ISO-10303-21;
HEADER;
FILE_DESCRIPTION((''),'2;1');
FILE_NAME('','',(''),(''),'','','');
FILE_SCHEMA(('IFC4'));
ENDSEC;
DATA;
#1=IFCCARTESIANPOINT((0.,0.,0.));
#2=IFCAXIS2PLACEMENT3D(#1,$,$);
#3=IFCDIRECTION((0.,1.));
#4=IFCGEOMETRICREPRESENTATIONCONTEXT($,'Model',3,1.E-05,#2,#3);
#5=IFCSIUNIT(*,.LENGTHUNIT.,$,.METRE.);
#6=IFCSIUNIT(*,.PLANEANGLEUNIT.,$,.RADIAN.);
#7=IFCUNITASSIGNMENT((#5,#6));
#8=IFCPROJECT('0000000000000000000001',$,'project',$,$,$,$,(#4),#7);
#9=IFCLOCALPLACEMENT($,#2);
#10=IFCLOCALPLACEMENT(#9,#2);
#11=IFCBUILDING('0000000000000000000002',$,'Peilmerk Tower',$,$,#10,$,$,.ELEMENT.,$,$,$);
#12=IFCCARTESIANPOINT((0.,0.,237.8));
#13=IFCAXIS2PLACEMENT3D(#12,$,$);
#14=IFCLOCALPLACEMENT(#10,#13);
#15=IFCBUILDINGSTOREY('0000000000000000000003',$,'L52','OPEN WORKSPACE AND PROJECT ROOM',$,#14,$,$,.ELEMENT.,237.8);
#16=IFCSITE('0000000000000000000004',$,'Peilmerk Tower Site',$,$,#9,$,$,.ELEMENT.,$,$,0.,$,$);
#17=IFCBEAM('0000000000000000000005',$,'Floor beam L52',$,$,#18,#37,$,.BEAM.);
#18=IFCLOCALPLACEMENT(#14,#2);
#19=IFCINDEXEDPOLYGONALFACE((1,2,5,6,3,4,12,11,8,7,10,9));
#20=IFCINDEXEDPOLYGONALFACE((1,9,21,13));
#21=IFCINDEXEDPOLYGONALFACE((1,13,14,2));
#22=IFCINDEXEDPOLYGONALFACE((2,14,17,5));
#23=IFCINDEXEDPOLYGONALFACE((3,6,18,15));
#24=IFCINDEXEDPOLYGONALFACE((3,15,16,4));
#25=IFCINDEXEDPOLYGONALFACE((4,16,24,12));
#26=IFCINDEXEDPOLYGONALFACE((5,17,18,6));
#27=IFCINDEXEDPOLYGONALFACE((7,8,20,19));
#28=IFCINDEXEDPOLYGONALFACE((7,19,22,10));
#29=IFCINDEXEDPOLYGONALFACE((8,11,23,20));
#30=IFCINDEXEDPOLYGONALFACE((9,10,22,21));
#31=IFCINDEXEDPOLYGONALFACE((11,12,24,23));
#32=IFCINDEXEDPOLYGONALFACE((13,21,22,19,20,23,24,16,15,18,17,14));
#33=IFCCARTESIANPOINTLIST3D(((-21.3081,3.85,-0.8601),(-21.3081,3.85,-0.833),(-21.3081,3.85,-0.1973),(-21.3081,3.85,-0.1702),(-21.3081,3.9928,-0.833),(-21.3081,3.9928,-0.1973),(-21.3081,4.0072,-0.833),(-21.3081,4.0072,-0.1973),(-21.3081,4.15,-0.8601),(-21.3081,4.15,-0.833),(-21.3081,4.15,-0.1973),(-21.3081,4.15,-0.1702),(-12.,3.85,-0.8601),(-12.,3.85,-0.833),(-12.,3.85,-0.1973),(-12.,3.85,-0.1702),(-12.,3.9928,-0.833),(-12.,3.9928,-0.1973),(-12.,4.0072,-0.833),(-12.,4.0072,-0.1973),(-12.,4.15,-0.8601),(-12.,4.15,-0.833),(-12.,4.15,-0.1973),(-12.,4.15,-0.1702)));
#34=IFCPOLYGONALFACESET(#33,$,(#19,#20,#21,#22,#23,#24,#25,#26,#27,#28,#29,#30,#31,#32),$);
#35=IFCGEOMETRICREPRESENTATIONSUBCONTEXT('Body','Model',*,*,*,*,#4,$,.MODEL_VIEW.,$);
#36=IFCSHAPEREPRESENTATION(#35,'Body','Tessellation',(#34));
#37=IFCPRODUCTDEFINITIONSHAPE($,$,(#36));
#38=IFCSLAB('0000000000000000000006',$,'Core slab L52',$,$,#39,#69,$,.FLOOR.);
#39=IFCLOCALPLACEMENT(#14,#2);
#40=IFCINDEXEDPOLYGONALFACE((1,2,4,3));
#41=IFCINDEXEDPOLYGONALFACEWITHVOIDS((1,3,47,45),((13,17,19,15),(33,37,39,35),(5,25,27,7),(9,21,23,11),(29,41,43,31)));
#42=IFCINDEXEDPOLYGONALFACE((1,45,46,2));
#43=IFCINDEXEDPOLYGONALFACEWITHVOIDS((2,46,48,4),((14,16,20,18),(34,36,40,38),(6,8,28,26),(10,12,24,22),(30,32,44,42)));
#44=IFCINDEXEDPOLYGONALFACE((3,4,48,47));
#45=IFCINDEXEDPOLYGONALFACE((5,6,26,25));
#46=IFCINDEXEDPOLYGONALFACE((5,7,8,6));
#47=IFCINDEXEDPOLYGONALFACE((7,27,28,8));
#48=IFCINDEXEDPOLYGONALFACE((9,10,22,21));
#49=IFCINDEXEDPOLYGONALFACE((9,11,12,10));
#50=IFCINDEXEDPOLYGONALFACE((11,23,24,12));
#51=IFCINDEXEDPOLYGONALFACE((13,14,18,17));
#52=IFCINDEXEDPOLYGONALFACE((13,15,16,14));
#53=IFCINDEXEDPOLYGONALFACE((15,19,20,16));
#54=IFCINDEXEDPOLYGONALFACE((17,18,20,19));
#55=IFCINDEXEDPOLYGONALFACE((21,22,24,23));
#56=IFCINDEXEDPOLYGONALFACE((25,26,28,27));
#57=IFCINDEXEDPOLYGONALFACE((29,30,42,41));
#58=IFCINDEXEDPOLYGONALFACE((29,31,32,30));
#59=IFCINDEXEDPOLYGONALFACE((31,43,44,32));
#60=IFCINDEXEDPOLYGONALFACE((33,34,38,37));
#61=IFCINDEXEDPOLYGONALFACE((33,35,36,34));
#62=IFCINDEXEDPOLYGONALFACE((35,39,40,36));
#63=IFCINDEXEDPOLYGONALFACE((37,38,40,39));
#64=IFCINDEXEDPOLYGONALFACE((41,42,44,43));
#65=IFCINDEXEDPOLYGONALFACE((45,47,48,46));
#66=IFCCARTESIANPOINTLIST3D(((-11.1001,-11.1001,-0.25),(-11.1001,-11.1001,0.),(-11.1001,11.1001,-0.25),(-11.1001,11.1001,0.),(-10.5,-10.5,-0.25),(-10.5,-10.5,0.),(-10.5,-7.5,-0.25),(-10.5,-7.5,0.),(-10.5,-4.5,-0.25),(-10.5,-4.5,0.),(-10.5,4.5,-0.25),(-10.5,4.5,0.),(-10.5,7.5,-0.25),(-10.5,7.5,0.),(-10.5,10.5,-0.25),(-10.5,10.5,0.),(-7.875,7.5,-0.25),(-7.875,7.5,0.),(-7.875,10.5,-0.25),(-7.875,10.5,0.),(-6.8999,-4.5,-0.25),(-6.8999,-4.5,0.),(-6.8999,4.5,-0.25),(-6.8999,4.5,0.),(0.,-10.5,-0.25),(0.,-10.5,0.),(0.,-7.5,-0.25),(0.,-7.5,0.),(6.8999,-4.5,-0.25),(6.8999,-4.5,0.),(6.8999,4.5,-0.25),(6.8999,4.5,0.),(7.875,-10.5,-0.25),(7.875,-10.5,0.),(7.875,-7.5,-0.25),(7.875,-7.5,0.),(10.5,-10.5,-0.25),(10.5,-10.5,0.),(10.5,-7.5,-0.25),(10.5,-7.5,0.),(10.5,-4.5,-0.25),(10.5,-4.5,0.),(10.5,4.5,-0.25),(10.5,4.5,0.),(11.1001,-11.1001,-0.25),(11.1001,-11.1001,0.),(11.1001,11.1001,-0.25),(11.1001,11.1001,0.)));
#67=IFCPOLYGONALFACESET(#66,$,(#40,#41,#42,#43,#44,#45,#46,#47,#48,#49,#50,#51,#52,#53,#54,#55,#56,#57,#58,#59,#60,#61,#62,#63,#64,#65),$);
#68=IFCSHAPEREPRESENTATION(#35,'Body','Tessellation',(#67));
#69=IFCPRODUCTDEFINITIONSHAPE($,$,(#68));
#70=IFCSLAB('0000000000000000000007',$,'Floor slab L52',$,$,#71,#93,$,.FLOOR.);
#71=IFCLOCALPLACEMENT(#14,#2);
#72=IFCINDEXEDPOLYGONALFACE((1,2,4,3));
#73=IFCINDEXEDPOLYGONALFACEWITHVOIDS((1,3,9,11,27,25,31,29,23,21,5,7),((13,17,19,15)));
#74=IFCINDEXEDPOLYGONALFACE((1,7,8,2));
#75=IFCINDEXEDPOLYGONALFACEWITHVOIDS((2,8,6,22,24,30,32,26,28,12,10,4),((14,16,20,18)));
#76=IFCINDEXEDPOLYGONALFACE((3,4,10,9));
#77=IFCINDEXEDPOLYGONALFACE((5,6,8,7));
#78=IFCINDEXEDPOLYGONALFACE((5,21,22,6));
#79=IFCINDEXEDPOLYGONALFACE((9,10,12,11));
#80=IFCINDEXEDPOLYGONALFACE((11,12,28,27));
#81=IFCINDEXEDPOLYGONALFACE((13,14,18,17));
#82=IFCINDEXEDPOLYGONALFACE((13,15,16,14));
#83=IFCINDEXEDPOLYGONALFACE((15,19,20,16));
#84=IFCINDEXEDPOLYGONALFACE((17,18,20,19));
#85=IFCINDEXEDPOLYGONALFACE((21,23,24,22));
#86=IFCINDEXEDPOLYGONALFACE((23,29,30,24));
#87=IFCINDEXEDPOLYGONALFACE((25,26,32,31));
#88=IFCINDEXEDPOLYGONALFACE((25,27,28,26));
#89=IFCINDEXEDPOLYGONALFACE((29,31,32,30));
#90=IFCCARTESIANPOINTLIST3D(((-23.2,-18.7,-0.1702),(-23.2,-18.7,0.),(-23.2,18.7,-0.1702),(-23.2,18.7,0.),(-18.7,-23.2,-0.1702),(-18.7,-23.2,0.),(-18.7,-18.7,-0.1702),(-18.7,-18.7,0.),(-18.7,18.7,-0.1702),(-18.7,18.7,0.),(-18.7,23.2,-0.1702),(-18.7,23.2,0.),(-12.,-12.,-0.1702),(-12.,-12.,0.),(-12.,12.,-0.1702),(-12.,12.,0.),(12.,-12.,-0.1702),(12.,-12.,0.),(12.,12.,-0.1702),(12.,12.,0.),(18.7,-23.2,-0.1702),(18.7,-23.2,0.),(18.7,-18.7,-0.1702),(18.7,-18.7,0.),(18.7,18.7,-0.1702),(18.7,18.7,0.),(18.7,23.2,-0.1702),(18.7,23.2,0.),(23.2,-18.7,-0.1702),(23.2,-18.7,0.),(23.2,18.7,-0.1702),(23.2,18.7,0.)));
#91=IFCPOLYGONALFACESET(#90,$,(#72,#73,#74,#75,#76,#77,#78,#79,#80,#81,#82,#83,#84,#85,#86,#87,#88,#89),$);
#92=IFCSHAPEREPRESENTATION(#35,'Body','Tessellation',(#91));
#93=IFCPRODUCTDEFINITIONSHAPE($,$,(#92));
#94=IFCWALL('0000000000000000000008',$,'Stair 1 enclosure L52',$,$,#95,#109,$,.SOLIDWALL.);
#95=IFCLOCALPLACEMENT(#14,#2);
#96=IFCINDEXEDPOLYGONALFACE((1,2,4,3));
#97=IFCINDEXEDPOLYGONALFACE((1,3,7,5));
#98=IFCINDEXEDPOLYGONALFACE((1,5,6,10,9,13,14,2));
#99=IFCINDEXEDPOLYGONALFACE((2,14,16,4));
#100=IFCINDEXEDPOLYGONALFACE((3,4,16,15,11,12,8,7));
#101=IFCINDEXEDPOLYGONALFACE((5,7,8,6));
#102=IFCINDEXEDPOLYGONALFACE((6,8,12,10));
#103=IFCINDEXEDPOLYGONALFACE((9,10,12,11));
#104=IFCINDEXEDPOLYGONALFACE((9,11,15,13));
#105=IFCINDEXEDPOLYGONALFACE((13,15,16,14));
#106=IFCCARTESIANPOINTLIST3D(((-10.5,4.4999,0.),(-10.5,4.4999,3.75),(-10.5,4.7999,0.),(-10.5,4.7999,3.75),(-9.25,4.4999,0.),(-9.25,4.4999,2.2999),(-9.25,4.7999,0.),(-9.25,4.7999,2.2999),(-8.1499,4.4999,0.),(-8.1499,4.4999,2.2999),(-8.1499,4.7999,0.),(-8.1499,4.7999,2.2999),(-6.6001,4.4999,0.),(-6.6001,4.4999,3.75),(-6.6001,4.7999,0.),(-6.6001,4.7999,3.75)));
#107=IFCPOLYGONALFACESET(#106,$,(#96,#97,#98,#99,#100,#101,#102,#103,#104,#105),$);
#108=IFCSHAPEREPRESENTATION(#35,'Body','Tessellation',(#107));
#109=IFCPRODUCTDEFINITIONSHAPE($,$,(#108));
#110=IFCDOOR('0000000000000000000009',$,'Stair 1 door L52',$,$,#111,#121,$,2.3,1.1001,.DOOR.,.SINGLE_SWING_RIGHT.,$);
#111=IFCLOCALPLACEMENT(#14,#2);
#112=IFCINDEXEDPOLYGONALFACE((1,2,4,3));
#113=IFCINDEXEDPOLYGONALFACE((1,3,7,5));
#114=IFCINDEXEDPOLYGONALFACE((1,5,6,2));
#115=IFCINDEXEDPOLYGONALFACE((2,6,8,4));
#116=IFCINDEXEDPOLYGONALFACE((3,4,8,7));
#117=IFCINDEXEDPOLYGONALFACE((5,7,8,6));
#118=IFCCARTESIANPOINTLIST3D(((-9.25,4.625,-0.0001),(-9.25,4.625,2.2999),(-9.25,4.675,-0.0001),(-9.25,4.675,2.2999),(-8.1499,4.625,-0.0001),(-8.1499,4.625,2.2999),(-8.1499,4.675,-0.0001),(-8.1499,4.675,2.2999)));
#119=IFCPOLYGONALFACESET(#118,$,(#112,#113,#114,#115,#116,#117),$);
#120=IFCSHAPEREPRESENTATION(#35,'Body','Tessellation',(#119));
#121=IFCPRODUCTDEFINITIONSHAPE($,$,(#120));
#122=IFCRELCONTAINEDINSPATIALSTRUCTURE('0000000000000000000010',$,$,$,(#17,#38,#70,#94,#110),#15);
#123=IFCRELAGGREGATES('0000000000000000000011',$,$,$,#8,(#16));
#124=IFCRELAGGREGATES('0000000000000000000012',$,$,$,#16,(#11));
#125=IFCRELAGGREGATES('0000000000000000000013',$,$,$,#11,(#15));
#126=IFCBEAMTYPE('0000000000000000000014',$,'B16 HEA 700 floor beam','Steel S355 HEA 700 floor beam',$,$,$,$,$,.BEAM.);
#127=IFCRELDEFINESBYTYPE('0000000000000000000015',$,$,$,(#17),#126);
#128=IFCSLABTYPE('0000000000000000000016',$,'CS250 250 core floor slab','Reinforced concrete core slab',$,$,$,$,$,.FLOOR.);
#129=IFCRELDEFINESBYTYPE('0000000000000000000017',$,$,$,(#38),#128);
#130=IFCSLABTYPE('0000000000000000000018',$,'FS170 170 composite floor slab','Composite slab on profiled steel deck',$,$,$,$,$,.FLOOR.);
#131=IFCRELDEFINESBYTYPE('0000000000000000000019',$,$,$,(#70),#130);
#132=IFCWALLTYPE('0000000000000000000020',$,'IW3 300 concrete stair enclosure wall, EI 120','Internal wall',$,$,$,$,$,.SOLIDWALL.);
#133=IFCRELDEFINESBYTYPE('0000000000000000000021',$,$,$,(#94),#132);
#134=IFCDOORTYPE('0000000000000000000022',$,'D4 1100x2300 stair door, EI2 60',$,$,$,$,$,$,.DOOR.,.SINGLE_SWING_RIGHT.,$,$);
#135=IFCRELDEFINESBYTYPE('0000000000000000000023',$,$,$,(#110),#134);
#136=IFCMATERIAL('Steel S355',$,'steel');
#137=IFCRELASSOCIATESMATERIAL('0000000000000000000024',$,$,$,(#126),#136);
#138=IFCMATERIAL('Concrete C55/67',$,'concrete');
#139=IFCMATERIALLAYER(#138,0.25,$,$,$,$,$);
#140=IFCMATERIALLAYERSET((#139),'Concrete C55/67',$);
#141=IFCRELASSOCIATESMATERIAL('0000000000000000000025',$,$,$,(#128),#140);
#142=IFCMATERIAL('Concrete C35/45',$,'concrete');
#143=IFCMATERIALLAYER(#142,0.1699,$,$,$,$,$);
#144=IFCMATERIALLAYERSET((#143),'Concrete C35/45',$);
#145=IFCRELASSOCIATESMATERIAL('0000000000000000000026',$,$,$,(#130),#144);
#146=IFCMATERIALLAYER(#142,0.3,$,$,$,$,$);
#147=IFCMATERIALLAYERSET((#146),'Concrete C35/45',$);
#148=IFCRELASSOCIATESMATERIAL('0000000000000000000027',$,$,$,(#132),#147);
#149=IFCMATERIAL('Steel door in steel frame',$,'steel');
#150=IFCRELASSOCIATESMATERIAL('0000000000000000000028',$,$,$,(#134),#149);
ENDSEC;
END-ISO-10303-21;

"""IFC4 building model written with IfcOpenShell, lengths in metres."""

from ifc_helpers import new_model, si_unit, direction, frame, frame_2d, origin, origin_2d, place, context, subcontext, project, spatial, polyline, rectangle, i_section, outline, extrude, material, layer, layer_set, material_profile, profile_set, type_object, element, fill, save


model = new_model("IFC4")

# Units and contexts
model_context = context("Model", 3, precision=1e-05, world=origin(), true_north=direction((0.0, 1.0)))
body_context = subcontext(model_context, "Body", "Model", "MODEL_VIEW")
ifc_project = project(units=[si_unit("LENGTHUNIT", "METRE"), si_unit("PLANEANGLEUNIT", "RADIAN")], contexts=[model_context])

# Site, building, storey
site_placement = place(None, origin())
site = spatial("IfcSite", under=ifc_project, at=site_placement, Name="Peilmerk Tower Site", CompositionType="ELEMENT", RefElevation=0.0)
building_placement = place(site_placement, origin())
building = spatial("IfcBuilding", under=site, at=building_placement, Name="Peilmerk Tower", CompositionType="ELEMENT")
storey_placement = place(building_placement, frame((0.0, 0.0, 237.8)))
storey = spatial("IfcBuildingStorey", under=building, at=storey_placement, Name="L52", Description="OPEN WORKSPACE AND PROJECT ROOM", CompositionType="ELEMENT", Elevation=237.8)

# Beam
ifc_material_1 = material(Name="Steel S355", Category="steel")
ifc_material_profile = material_profile(ifc_material_1, i_section(OverallWidth=0.3, OverallDepth=0.6899, WebThickness=0.0144, FlangeThickness=0.0271, at=origin_2d()), Name="HEA 700")
ifc_profile_set = profile_set([ifc_material_profile], Name="Steel S355")
beam_type = type_object("IfcBeamType", Name="B16 HEA 700 floor beam", Description="Steel S355 HEA 700 floor beam", PredefinedType="BEAM", material=ifc_profile_set)
beam_placement = place(storey_placement, frame((-12.0, 4.0, -0.5151), z_axis=(-1.0, 0.0, 0.0), x_axis=(0.0, -1.0, 0.0)))
element("IfcBeam", 1, at=beam_placement, inside=storey, type_object=beam_type, Name="Floor beam L52", PredefinedType="BEAM", context=body_context, shape_type="SweptSolid", body=[
    extrude(i_section(OverallWidth=0.3, OverallDepth=0.6899, WebThickness=0.0144, FlangeThickness=0.0271, at=origin_2d()), origin(), (0.0, 0.0, 1.0), 9.3081),
])

# Slabs
ifc_material_2 = material(Name="Concrete C55/67", Category="concrete")
ifc_layer_1 = layer(ifc_material_2, 0.25)
ifc_layer_set_1 = layer_set([ifc_layer_1], Name="Concrete C55/67")
slab_type_1 = type_object("IfcSlabType", Name="CS250 250 core floor slab", Description="Reinforced concrete core slab", PredefinedType="FLOOR", material=ifc_layer_set_1)
slab_1_placement = place(storey_placement, frame((0.0, 0.0, -0.25)))
element("IfcSlab", 2, at=slab_1_placement, inside=storey, type_object=slab_type_1, Name="Core slab L52", PredefinedType="FLOOR", context=body_context, shape_type="SweptSolid", body=[
    extrude(outline(polyline([(11.1001, -11.1001), (11.1001, 11.1001), (-11.1001, 11.1001), (-11.1001, -11.1001), (11.1001, -11.1001)]), holes=[polyline([(-7.875, 7.5), (-10.5, 7.5), (-10.5, 10.5), (-7.875, 10.5), (-7.875, 7.5)]), polyline([(0.0, -10.5), (-10.5, -10.5), (-10.5, -7.5), (0.0, -7.5), (0.0, -10.5)]), polyline([(7.875, -10.5), (7.875, -7.5), (10.5, -7.5), (10.5, -10.5), (7.875, -10.5)]), polyline([(-10.5, 4.5), (-6.8999, 4.5), (-6.8999, -4.5), (-10.5, -4.5), (-10.5, 4.5)]), polyline([(10.5, 4.5), (10.5, -4.5), (6.8999, -4.5), (6.8999, 4.5), (10.5, 4.5)])]), origin(), (0.0, 0.0, 1.0), 0.25),
])
ifc_material_3 = material(Name="Concrete C35/45", Category="concrete")
ifc_layer_2 = layer(ifc_material_3, 0.1699)
ifc_layer_set_2 = layer_set([ifc_layer_2], Name="Concrete C35/45")
slab_type_2 = type_object("IfcSlabType", Name="FS170 170 composite floor slab", Description="Composite slab on profiled steel deck", PredefinedType="FLOOR", material=ifc_layer_set_2)
slab_2_placement = place(storey_placement, frame((0.0, 0.0, -0.1702)))
element("IfcSlab", 3, at=slab_2_placement, inside=storey, type_object=slab_type_2, Name="Floor slab L52", PredefinedType="FLOOR", context=body_context, shape_type="SweptSolid", body=[
    extrude(outline(polyline([(-18.7, -23.2), (18.7, -23.2), (18.7, -18.7), (23.2, -18.7), (23.2, 18.7), (18.7, 18.7), (18.7, 23.2), (-18.7, 23.2), (-18.7, 18.7), (-23.2, 18.7), (-23.2, -18.7), (-18.7, -18.7), (-18.7, -23.2)]), holes=[polyline([(12.0, 12.0), (12.0, -12.0), (-12.0, -12.0), (-12.0, 12.0), (12.0, 12.0)])]), origin(), (0.0, 0.0, 1.0), 0.1702),
])

# Wall, opening, door
ifc_layer_3 = layer(ifc_material_3, 0.3)
ifc_layer_set_3 = layer_set([ifc_layer_3], Name="Concrete C35/45")
wall_type_1 = type_object("IfcWallType", Name="IW3 300 concrete stair enclosure wall, EI 120", Description="Internal wall", PredefinedType="SOLIDWALL", material=ifc_layer_set_3)
wall_1_placement = place(storey_placement, frame((-10.5, 4.6499, 0.0), z_axis=(0.0, 0.0, 1.0), x_axis=(1.0, 0.0, 0.0)))
wall_1 = element("IfcWall", 4, at=wall_1_placement, inside=storey, type_object=wall_type_1, Name="Stair 1 enclosure L52", PredefinedType="SOLIDWALL", context=body_context, shape_type="SweptSolid", body=[
    extrude(rectangle(XDim=3.8999, YDim=0.3, at=frame_2d((1.95, 0.0))), origin(), (0.0, 0.0, 1.0), 3.75),
])
opening_1_placement = place(wall_1_placement, frame((1.25, 0.0, 0.0)))
opening_1 = element("IfcOpeningElement", 5, at=opening_1_placement, cuts=wall_1, PredefinedType="OPENING", context=body_context, shape_type="SweptSolid", body=[
    extrude(rectangle(XDim=1.1001, YDim=2.3, at=frame_2d((0.55, 1.1499))), frame((0.0, 0.1599, 0.0), z_axis=(0.0, -1.0, 0.0), x_axis=(1.0, 0.0, 0.0)), (0.0, 0.0, 1.0), 0.3201),
])
ifc_material_4 = material(Name="Steel door in steel frame", Category="steel")
door_type_1 = type_object("IfcDoorType", Name="D4 1100x2300 stair door, EI2 60", OperationType="SINGLE_SWING_RIGHT", PredefinedType="DOOR", material=ifc_material_4)
door_1_placement = place(opening_1_placement, frame((1.1001, 0.0, 0.0), z_axis=(0.0, 0.0, 1.0), x_axis=(-1.0, 0.0, 0.0)))
door_1 = element("IfcDoor", 6, at=door_1_placement, inside=storey, type_object=door_type_1, Name="Stair 1 door L52", OperationType="SINGLE_SWING_RIGHT", OverallHeight=2.3, OverallWidth=1.1001, PredefinedType="DOOR", context=body_context, shape_type="SweptSolid", body=[
    extrude(rectangle(XDim=1.1001, YDim=2.3, at=frame_2d((0.55, 1.1499))), frame((0.0, 0.0249, 0.0), z_axis=(0.0, -1.0, 0.0), x_axis=(1.0, 0.0, 0.0)), (0.0, 0.0, 1.0), 0.05),
])
fill(opening_1, door_1)

save(model, "model.ifc")
